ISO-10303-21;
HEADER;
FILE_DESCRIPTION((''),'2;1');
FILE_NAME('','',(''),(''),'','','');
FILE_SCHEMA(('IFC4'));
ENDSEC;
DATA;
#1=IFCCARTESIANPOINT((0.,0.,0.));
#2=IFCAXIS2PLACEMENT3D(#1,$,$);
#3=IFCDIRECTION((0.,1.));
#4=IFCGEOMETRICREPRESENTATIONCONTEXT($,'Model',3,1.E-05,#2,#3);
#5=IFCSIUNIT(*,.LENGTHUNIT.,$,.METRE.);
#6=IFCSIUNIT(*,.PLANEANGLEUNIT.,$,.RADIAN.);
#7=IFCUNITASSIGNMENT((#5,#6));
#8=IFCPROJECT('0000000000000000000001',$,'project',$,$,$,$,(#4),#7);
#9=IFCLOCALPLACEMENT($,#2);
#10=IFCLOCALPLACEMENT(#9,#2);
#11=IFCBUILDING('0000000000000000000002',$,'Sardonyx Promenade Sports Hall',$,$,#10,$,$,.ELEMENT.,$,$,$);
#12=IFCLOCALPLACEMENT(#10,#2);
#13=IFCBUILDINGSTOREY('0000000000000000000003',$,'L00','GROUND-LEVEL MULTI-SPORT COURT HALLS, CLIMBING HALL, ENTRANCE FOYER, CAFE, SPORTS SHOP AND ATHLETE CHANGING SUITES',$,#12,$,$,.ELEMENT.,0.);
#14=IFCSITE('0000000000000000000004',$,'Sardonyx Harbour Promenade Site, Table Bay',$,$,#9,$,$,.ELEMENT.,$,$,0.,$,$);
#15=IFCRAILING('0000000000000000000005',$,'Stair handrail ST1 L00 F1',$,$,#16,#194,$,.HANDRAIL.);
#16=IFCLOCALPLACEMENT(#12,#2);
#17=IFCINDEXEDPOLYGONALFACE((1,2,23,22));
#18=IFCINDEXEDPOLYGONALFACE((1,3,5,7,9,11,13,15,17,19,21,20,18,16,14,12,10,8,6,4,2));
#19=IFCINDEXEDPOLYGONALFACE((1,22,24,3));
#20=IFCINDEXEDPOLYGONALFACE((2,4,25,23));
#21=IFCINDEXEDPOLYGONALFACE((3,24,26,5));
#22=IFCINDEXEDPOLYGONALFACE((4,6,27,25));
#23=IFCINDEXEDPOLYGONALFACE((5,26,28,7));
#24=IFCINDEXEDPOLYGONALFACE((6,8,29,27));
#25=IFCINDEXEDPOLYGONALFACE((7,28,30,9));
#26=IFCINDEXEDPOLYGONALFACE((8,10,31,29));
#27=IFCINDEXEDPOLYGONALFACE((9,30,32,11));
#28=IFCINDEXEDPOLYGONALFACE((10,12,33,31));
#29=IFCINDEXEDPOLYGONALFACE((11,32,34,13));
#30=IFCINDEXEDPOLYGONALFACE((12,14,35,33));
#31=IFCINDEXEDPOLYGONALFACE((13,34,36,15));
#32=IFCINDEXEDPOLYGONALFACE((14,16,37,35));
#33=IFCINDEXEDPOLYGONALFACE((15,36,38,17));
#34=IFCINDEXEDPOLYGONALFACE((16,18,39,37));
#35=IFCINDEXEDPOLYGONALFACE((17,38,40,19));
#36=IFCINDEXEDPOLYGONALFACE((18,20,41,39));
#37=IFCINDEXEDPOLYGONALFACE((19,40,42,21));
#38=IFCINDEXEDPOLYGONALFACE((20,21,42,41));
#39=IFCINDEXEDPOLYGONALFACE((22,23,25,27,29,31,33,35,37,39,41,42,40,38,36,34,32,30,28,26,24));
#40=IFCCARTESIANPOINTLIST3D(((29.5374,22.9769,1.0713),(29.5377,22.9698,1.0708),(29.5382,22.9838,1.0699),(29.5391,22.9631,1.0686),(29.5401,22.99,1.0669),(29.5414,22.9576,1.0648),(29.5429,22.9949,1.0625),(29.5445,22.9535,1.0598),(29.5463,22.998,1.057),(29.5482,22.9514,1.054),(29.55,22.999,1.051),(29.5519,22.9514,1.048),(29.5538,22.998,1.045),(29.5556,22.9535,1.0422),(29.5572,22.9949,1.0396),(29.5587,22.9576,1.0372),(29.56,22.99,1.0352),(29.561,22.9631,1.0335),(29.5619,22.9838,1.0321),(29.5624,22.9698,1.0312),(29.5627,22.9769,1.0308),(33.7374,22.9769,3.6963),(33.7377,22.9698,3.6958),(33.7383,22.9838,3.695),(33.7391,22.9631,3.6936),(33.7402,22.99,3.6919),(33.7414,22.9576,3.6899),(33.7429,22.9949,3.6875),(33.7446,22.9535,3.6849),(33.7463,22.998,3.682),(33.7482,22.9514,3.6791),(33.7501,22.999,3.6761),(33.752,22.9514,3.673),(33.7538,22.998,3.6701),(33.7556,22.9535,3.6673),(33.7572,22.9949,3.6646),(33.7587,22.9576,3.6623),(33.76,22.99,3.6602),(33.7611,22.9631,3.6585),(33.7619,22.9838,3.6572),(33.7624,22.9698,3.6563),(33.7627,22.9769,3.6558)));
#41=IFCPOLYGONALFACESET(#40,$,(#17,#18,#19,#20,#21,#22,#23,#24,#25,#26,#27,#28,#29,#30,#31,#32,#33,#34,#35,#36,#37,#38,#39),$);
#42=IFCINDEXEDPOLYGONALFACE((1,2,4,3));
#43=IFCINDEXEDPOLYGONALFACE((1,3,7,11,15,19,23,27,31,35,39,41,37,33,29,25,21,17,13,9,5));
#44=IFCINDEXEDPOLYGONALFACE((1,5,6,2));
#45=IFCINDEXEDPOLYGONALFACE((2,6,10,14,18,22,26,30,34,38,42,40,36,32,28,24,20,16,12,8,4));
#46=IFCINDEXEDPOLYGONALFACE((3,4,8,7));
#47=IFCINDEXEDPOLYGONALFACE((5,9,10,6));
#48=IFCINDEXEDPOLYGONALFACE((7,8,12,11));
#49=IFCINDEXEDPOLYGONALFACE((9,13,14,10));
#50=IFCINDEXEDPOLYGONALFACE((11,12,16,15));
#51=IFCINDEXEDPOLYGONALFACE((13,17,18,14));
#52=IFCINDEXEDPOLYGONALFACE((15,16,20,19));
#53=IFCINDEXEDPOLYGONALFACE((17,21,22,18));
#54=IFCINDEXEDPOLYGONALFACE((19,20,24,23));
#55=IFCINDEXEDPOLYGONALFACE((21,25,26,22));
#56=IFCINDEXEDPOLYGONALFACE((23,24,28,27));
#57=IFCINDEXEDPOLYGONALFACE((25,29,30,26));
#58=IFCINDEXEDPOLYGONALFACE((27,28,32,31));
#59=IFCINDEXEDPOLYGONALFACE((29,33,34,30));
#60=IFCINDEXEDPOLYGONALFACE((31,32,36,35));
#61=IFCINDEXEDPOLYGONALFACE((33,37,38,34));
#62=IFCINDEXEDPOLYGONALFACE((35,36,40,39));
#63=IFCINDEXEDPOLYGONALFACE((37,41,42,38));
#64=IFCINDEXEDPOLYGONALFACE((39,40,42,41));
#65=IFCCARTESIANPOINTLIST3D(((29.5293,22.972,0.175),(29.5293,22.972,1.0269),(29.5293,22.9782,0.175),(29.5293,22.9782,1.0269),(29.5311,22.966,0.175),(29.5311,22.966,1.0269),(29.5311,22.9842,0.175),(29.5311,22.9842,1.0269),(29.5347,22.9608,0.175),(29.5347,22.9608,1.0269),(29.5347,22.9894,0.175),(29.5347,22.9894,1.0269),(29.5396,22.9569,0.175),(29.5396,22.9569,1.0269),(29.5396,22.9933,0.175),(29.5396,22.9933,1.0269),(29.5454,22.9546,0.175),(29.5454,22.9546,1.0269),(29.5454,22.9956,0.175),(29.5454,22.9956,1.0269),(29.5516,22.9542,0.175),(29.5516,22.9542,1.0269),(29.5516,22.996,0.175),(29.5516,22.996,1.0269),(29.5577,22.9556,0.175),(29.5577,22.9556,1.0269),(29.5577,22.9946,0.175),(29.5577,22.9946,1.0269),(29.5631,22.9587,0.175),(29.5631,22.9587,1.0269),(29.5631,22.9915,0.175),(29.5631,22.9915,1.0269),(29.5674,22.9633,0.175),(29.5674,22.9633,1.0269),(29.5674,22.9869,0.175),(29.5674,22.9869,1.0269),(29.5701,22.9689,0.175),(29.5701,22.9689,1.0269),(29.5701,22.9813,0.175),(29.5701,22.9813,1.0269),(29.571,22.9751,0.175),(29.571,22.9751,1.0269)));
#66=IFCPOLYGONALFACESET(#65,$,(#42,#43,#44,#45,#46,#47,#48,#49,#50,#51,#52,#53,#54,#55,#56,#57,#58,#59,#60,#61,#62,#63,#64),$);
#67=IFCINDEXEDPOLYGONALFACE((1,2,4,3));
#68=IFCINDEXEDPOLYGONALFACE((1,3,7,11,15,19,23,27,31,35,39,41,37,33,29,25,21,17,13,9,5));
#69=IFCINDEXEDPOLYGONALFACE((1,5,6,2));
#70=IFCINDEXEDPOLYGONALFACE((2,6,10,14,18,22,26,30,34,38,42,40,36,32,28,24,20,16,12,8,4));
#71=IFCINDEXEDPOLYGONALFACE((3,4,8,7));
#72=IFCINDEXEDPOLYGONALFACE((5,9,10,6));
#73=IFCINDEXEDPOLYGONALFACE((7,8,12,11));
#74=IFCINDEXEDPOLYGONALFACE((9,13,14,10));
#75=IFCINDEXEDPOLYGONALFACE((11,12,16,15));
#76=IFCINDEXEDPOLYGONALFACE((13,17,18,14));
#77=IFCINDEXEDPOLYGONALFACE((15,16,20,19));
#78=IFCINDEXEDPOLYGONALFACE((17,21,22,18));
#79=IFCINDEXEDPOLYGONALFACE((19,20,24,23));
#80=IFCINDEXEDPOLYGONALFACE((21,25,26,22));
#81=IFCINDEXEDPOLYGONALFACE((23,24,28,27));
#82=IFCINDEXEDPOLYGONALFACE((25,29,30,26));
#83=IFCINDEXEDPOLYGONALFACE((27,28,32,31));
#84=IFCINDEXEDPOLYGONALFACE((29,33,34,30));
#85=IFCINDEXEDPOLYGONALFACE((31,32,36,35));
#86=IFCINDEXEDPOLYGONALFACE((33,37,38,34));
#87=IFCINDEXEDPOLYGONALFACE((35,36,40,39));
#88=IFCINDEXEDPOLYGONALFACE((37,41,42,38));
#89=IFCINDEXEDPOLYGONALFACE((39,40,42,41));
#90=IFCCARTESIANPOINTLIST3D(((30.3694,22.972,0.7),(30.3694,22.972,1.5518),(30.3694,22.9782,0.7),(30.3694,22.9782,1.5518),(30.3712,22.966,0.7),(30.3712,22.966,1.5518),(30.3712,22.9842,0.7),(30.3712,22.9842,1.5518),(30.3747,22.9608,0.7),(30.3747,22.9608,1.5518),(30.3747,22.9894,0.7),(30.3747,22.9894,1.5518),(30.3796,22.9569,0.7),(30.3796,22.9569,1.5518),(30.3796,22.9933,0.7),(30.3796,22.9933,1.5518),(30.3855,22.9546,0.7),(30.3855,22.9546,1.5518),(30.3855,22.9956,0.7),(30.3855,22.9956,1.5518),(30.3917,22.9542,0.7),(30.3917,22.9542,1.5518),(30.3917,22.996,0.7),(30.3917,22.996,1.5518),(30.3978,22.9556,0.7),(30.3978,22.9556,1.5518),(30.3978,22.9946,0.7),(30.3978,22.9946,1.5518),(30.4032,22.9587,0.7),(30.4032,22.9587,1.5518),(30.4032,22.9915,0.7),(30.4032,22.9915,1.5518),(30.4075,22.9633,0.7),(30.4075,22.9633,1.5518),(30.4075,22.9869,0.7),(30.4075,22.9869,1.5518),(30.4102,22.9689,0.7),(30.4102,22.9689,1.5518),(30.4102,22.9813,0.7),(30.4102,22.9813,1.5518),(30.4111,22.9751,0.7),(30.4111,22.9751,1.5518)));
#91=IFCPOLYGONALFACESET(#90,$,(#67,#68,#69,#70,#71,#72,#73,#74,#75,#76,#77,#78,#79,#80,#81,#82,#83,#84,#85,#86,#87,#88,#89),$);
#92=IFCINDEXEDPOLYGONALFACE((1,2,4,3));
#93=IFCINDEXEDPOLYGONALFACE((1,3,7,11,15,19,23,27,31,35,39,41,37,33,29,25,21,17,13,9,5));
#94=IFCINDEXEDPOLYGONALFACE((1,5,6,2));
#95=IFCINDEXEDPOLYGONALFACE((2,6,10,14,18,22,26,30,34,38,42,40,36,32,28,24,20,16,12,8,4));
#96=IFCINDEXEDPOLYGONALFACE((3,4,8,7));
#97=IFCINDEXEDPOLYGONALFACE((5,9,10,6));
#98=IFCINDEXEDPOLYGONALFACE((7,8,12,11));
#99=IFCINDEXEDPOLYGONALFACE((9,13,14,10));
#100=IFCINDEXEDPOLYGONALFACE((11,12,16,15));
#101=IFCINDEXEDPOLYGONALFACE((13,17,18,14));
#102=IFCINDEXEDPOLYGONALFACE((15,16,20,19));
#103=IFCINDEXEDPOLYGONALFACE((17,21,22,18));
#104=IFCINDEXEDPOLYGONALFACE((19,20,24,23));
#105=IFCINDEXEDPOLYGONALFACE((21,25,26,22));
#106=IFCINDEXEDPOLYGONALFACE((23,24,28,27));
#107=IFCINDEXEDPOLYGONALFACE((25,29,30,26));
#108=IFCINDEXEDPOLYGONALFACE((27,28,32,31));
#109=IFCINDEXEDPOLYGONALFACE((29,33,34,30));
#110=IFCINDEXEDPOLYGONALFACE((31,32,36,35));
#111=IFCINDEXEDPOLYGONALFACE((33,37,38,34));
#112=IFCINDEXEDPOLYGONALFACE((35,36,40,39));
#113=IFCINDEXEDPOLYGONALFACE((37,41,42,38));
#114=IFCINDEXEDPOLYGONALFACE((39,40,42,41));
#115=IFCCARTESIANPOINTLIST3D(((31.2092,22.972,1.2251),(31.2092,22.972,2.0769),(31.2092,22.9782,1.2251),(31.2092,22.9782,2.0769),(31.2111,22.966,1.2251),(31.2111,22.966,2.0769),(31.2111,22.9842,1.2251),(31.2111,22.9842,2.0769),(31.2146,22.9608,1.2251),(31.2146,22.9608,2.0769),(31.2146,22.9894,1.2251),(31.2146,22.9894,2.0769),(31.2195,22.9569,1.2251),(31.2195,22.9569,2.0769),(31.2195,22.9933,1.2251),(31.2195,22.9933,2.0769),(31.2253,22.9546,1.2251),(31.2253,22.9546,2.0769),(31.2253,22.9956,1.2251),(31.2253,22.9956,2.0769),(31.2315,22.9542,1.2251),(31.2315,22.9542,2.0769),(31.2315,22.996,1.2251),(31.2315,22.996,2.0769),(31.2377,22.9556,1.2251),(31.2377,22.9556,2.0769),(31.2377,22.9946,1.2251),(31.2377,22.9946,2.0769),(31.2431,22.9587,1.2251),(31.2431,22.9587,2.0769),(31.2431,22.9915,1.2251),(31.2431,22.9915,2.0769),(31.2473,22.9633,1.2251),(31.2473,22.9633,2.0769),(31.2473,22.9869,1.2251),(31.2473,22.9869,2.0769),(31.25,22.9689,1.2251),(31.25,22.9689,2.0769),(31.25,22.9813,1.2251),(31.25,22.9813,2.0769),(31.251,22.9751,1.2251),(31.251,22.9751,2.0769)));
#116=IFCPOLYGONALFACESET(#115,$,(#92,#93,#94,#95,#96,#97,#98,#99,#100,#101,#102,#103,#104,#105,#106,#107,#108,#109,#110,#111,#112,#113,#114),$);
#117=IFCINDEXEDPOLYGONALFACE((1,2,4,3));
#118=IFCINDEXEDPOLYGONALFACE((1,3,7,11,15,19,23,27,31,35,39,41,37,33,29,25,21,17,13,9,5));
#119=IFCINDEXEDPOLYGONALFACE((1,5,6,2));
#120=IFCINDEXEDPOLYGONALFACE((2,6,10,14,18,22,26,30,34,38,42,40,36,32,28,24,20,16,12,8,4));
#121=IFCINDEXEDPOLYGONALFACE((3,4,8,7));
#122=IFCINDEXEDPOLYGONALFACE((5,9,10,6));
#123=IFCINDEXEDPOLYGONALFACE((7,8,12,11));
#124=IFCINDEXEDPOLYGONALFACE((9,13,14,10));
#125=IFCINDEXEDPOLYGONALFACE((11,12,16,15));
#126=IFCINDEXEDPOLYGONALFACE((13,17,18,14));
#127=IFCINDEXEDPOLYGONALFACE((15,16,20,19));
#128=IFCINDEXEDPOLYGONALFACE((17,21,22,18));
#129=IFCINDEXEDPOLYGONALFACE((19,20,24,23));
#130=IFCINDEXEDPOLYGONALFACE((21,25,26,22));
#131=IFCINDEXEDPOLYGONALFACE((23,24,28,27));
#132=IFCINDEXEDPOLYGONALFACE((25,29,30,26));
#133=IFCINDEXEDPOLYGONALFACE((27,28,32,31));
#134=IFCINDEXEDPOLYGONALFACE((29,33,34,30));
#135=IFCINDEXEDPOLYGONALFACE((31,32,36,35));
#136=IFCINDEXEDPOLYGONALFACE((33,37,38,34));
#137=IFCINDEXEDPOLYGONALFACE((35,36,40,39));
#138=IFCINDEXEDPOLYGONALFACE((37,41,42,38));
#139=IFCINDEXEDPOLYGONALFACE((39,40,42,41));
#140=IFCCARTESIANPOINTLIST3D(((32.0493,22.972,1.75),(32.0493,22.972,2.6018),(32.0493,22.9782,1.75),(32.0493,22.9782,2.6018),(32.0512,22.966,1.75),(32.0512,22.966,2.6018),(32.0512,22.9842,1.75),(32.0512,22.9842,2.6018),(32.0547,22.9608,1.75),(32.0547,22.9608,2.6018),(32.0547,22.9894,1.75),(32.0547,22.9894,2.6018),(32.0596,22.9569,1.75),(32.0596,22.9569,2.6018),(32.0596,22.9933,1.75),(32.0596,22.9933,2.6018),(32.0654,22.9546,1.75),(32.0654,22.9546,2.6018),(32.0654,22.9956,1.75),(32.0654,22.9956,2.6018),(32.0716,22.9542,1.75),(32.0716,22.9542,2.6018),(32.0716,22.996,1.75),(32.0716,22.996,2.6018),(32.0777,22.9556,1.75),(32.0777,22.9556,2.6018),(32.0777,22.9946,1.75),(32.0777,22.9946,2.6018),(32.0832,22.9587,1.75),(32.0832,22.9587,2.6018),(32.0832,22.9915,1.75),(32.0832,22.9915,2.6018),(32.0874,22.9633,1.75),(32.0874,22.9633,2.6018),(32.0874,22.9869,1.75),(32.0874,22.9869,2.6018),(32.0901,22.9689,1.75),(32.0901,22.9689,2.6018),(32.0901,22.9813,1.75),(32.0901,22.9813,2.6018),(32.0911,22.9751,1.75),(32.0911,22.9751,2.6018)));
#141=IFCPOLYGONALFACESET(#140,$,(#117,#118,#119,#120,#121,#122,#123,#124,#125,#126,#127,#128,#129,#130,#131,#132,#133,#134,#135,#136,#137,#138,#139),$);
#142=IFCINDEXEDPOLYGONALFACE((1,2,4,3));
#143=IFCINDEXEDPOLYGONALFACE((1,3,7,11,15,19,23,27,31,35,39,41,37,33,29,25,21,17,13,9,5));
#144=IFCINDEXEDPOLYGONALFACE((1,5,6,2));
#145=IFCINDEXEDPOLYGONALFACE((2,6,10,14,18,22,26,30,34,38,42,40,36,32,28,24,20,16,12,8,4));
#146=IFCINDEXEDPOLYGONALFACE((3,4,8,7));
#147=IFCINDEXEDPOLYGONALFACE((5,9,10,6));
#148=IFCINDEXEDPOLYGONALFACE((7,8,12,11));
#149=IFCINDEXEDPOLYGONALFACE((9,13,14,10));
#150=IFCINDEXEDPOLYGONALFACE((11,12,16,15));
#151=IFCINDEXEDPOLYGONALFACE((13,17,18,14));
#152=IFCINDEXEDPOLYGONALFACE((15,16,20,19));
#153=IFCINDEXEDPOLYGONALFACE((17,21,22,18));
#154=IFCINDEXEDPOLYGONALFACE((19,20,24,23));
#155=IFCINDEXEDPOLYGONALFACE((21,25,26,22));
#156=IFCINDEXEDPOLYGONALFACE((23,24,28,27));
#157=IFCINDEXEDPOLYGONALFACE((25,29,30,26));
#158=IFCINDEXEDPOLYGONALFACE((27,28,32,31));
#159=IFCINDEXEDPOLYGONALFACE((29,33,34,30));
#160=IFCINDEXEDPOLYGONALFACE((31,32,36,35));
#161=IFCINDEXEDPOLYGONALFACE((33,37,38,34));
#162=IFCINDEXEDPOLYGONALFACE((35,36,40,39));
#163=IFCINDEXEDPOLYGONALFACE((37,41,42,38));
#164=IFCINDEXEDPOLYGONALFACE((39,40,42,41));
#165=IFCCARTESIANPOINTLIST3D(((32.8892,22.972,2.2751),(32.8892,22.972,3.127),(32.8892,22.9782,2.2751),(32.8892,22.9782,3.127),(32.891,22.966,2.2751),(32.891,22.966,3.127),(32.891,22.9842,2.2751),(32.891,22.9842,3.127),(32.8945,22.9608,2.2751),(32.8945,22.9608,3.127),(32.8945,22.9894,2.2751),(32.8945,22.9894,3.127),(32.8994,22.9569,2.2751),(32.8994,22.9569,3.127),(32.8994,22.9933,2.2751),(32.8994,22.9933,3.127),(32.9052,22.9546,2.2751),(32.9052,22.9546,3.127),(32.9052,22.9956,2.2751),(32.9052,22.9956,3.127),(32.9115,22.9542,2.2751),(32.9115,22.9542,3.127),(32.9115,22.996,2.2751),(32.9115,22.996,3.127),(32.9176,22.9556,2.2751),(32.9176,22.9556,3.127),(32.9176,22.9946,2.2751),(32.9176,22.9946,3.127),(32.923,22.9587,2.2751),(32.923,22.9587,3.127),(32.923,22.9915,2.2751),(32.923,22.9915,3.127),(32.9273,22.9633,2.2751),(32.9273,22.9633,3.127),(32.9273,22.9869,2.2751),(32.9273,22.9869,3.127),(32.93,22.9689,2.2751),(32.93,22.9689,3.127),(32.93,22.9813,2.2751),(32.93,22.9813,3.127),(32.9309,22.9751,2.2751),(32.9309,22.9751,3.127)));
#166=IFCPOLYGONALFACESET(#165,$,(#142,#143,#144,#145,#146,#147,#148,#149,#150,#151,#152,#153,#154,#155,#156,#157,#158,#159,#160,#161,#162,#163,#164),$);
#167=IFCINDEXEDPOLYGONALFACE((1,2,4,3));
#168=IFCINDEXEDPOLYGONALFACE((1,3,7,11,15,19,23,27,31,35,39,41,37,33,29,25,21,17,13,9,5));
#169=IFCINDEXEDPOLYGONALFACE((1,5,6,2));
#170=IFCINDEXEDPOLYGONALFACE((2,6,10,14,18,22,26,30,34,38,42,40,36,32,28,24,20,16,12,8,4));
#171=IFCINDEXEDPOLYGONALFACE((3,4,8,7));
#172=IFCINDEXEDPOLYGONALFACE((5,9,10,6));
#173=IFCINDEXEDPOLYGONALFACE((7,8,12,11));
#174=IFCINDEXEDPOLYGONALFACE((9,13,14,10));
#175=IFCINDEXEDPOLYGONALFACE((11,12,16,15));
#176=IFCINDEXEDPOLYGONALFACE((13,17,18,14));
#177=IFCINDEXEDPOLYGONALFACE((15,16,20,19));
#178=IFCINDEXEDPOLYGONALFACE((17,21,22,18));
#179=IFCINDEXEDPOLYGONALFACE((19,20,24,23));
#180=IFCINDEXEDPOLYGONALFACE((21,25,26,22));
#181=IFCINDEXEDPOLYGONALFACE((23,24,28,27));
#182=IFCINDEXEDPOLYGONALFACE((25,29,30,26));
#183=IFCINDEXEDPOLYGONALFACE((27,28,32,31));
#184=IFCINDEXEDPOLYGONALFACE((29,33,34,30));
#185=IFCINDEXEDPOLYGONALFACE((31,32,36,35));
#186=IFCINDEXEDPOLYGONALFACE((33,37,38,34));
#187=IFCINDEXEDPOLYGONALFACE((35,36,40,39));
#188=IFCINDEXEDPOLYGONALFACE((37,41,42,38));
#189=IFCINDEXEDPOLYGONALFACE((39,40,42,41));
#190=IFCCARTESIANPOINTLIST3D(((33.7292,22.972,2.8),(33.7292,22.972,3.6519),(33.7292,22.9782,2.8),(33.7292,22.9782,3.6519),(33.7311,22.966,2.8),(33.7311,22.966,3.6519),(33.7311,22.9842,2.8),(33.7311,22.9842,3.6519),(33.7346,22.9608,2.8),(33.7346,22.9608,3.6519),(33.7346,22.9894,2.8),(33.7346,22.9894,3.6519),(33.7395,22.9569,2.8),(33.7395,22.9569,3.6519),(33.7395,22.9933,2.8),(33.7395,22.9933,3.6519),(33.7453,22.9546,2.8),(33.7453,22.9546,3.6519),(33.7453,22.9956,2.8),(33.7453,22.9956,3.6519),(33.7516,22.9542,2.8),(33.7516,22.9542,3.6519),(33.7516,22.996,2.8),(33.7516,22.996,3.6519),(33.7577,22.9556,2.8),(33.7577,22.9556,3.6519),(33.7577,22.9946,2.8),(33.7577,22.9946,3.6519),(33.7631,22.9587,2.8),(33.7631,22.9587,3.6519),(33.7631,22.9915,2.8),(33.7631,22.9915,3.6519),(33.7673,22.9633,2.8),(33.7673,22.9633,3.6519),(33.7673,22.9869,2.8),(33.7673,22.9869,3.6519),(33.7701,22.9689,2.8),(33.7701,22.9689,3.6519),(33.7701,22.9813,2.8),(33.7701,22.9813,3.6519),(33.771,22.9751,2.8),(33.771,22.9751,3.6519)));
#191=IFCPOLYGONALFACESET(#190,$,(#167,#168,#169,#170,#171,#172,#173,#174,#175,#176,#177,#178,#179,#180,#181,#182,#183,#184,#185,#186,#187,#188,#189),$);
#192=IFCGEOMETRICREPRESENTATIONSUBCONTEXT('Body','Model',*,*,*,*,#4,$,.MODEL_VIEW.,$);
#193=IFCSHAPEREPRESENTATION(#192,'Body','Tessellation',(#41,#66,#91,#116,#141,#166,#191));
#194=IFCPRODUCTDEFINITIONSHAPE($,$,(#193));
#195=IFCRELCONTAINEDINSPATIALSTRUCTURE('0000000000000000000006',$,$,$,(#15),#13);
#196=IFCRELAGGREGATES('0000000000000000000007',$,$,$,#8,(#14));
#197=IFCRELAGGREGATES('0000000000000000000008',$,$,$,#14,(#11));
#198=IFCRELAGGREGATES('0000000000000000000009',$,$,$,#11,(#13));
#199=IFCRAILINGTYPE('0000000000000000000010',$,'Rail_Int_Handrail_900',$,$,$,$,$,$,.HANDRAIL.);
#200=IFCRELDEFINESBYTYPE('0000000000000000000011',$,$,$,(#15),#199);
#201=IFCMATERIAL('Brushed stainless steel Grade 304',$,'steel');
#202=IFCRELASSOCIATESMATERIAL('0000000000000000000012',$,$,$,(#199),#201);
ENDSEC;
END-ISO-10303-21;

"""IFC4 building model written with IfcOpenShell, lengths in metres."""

from ifc_helpers import new_model, si_unit, direction, frame, origin, origin_2d, place, context, subcontext, project, spatial, circle, extrude, material, type_object, element, save


model = new_model("IFC4")

# Units and contexts
model_context = context("Model", 3, precision=1e-05, world=origin(), true_north=direction((0.0, 1.0)))
body_context = subcontext(model_context, "Body", "Model", "MODEL_VIEW")
ifc_project = project(units=[si_unit("LENGTHUNIT", "METRE"), si_unit("PLANEANGLEUNIT", "RADIAN")], contexts=[model_context])

# Site, building, storey
site_placement = place(None, origin())
site = spatial("IfcSite", under=ifc_project, at=site_placement, Name="Sardonyx Harbour Promenade Site, Table Bay", CompositionType="ELEMENT", RefElevation=0.0)
building_placement = place(site_placement, origin())
building = spatial("IfcBuilding", under=site, at=building_placement, Name="Sardonyx Promenade Sports Hall", CompositionType="ELEMENT")
storey_placement = place(building_placement, origin())
storey = spatial("IfcBuildingStorey", under=building, at=storey_placement, Name="L00", Description="GROUND-LEVEL MULTI-SPORT COURT HALLS, CLIMBING HALL, ENTRANCE FOYER, CAFE, SPORTS SHOP AND ATHLETE CHANGING SUITES", CompositionType="ELEMENT", Elevation=0.0)

# Railing
ifc_material_1 = material(Name="Brushed stainless steel Grade 304", Category="steel")
railing_type_1 = type_object("IfcRailingType", Name="Rail_Int_Handrail_900", PredefinedType="HANDRAIL", material=ifc_material_1)
railing_1_placement = place(storey_placement, frame((29.55, 22.9751, 0.175)))
element("IfcRailing", 1, at=railing_1_placement, inside=storey, type_object=railing_type_1, Name="Stair handrail ST1 L00 F1", PredefinedType="HANDRAIL", context=body_context, shape_type="SweptSolid", body=[
    extrude(circle(Radius=0.0239, at=origin_2d()), frame((0.0, 0.0, 0.876), z_axis=(0.847996, 0.0, 0.530003), x_axis=(0.0, 1.0, 0.0)), (0.0, 0.0, 1.0), 4.9529),
    extrude(circle(Radius=0.021, at=origin_2d()), origin(), (0.0, 0.0, 1.0), 0.8518),
    extrude(circle(Radius=0.021, at=origin_2d()), frame((0.8401, 0.0, 0.5249)), (0.0, 0.0, 1.0), 0.8518),
    extrude(circle(Radius=0.021, at=origin_2d()), frame((1.6799, 0.0, 1.05)), (0.0, 0.0, 1.0), 0.8518),
    extrude(circle(Radius=0.021, at=origin_2d()), frame((2.52, 0.0, 1.575)), (0.0, 0.0, 1.0), 0.8518),
    extrude(circle(Radius=0.021, at=origin_2d()), frame((3.3599, 0.0, 2.1001)), (0.0, 0.0, 1.0), 0.8518),
    extrude(circle(Radius=0.021, at=origin_2d()), frame((4.2, 0.0, 2.625)), (0.0, 0.0, 1.0), 0.8518),
])

save(model, "model.ifc")
